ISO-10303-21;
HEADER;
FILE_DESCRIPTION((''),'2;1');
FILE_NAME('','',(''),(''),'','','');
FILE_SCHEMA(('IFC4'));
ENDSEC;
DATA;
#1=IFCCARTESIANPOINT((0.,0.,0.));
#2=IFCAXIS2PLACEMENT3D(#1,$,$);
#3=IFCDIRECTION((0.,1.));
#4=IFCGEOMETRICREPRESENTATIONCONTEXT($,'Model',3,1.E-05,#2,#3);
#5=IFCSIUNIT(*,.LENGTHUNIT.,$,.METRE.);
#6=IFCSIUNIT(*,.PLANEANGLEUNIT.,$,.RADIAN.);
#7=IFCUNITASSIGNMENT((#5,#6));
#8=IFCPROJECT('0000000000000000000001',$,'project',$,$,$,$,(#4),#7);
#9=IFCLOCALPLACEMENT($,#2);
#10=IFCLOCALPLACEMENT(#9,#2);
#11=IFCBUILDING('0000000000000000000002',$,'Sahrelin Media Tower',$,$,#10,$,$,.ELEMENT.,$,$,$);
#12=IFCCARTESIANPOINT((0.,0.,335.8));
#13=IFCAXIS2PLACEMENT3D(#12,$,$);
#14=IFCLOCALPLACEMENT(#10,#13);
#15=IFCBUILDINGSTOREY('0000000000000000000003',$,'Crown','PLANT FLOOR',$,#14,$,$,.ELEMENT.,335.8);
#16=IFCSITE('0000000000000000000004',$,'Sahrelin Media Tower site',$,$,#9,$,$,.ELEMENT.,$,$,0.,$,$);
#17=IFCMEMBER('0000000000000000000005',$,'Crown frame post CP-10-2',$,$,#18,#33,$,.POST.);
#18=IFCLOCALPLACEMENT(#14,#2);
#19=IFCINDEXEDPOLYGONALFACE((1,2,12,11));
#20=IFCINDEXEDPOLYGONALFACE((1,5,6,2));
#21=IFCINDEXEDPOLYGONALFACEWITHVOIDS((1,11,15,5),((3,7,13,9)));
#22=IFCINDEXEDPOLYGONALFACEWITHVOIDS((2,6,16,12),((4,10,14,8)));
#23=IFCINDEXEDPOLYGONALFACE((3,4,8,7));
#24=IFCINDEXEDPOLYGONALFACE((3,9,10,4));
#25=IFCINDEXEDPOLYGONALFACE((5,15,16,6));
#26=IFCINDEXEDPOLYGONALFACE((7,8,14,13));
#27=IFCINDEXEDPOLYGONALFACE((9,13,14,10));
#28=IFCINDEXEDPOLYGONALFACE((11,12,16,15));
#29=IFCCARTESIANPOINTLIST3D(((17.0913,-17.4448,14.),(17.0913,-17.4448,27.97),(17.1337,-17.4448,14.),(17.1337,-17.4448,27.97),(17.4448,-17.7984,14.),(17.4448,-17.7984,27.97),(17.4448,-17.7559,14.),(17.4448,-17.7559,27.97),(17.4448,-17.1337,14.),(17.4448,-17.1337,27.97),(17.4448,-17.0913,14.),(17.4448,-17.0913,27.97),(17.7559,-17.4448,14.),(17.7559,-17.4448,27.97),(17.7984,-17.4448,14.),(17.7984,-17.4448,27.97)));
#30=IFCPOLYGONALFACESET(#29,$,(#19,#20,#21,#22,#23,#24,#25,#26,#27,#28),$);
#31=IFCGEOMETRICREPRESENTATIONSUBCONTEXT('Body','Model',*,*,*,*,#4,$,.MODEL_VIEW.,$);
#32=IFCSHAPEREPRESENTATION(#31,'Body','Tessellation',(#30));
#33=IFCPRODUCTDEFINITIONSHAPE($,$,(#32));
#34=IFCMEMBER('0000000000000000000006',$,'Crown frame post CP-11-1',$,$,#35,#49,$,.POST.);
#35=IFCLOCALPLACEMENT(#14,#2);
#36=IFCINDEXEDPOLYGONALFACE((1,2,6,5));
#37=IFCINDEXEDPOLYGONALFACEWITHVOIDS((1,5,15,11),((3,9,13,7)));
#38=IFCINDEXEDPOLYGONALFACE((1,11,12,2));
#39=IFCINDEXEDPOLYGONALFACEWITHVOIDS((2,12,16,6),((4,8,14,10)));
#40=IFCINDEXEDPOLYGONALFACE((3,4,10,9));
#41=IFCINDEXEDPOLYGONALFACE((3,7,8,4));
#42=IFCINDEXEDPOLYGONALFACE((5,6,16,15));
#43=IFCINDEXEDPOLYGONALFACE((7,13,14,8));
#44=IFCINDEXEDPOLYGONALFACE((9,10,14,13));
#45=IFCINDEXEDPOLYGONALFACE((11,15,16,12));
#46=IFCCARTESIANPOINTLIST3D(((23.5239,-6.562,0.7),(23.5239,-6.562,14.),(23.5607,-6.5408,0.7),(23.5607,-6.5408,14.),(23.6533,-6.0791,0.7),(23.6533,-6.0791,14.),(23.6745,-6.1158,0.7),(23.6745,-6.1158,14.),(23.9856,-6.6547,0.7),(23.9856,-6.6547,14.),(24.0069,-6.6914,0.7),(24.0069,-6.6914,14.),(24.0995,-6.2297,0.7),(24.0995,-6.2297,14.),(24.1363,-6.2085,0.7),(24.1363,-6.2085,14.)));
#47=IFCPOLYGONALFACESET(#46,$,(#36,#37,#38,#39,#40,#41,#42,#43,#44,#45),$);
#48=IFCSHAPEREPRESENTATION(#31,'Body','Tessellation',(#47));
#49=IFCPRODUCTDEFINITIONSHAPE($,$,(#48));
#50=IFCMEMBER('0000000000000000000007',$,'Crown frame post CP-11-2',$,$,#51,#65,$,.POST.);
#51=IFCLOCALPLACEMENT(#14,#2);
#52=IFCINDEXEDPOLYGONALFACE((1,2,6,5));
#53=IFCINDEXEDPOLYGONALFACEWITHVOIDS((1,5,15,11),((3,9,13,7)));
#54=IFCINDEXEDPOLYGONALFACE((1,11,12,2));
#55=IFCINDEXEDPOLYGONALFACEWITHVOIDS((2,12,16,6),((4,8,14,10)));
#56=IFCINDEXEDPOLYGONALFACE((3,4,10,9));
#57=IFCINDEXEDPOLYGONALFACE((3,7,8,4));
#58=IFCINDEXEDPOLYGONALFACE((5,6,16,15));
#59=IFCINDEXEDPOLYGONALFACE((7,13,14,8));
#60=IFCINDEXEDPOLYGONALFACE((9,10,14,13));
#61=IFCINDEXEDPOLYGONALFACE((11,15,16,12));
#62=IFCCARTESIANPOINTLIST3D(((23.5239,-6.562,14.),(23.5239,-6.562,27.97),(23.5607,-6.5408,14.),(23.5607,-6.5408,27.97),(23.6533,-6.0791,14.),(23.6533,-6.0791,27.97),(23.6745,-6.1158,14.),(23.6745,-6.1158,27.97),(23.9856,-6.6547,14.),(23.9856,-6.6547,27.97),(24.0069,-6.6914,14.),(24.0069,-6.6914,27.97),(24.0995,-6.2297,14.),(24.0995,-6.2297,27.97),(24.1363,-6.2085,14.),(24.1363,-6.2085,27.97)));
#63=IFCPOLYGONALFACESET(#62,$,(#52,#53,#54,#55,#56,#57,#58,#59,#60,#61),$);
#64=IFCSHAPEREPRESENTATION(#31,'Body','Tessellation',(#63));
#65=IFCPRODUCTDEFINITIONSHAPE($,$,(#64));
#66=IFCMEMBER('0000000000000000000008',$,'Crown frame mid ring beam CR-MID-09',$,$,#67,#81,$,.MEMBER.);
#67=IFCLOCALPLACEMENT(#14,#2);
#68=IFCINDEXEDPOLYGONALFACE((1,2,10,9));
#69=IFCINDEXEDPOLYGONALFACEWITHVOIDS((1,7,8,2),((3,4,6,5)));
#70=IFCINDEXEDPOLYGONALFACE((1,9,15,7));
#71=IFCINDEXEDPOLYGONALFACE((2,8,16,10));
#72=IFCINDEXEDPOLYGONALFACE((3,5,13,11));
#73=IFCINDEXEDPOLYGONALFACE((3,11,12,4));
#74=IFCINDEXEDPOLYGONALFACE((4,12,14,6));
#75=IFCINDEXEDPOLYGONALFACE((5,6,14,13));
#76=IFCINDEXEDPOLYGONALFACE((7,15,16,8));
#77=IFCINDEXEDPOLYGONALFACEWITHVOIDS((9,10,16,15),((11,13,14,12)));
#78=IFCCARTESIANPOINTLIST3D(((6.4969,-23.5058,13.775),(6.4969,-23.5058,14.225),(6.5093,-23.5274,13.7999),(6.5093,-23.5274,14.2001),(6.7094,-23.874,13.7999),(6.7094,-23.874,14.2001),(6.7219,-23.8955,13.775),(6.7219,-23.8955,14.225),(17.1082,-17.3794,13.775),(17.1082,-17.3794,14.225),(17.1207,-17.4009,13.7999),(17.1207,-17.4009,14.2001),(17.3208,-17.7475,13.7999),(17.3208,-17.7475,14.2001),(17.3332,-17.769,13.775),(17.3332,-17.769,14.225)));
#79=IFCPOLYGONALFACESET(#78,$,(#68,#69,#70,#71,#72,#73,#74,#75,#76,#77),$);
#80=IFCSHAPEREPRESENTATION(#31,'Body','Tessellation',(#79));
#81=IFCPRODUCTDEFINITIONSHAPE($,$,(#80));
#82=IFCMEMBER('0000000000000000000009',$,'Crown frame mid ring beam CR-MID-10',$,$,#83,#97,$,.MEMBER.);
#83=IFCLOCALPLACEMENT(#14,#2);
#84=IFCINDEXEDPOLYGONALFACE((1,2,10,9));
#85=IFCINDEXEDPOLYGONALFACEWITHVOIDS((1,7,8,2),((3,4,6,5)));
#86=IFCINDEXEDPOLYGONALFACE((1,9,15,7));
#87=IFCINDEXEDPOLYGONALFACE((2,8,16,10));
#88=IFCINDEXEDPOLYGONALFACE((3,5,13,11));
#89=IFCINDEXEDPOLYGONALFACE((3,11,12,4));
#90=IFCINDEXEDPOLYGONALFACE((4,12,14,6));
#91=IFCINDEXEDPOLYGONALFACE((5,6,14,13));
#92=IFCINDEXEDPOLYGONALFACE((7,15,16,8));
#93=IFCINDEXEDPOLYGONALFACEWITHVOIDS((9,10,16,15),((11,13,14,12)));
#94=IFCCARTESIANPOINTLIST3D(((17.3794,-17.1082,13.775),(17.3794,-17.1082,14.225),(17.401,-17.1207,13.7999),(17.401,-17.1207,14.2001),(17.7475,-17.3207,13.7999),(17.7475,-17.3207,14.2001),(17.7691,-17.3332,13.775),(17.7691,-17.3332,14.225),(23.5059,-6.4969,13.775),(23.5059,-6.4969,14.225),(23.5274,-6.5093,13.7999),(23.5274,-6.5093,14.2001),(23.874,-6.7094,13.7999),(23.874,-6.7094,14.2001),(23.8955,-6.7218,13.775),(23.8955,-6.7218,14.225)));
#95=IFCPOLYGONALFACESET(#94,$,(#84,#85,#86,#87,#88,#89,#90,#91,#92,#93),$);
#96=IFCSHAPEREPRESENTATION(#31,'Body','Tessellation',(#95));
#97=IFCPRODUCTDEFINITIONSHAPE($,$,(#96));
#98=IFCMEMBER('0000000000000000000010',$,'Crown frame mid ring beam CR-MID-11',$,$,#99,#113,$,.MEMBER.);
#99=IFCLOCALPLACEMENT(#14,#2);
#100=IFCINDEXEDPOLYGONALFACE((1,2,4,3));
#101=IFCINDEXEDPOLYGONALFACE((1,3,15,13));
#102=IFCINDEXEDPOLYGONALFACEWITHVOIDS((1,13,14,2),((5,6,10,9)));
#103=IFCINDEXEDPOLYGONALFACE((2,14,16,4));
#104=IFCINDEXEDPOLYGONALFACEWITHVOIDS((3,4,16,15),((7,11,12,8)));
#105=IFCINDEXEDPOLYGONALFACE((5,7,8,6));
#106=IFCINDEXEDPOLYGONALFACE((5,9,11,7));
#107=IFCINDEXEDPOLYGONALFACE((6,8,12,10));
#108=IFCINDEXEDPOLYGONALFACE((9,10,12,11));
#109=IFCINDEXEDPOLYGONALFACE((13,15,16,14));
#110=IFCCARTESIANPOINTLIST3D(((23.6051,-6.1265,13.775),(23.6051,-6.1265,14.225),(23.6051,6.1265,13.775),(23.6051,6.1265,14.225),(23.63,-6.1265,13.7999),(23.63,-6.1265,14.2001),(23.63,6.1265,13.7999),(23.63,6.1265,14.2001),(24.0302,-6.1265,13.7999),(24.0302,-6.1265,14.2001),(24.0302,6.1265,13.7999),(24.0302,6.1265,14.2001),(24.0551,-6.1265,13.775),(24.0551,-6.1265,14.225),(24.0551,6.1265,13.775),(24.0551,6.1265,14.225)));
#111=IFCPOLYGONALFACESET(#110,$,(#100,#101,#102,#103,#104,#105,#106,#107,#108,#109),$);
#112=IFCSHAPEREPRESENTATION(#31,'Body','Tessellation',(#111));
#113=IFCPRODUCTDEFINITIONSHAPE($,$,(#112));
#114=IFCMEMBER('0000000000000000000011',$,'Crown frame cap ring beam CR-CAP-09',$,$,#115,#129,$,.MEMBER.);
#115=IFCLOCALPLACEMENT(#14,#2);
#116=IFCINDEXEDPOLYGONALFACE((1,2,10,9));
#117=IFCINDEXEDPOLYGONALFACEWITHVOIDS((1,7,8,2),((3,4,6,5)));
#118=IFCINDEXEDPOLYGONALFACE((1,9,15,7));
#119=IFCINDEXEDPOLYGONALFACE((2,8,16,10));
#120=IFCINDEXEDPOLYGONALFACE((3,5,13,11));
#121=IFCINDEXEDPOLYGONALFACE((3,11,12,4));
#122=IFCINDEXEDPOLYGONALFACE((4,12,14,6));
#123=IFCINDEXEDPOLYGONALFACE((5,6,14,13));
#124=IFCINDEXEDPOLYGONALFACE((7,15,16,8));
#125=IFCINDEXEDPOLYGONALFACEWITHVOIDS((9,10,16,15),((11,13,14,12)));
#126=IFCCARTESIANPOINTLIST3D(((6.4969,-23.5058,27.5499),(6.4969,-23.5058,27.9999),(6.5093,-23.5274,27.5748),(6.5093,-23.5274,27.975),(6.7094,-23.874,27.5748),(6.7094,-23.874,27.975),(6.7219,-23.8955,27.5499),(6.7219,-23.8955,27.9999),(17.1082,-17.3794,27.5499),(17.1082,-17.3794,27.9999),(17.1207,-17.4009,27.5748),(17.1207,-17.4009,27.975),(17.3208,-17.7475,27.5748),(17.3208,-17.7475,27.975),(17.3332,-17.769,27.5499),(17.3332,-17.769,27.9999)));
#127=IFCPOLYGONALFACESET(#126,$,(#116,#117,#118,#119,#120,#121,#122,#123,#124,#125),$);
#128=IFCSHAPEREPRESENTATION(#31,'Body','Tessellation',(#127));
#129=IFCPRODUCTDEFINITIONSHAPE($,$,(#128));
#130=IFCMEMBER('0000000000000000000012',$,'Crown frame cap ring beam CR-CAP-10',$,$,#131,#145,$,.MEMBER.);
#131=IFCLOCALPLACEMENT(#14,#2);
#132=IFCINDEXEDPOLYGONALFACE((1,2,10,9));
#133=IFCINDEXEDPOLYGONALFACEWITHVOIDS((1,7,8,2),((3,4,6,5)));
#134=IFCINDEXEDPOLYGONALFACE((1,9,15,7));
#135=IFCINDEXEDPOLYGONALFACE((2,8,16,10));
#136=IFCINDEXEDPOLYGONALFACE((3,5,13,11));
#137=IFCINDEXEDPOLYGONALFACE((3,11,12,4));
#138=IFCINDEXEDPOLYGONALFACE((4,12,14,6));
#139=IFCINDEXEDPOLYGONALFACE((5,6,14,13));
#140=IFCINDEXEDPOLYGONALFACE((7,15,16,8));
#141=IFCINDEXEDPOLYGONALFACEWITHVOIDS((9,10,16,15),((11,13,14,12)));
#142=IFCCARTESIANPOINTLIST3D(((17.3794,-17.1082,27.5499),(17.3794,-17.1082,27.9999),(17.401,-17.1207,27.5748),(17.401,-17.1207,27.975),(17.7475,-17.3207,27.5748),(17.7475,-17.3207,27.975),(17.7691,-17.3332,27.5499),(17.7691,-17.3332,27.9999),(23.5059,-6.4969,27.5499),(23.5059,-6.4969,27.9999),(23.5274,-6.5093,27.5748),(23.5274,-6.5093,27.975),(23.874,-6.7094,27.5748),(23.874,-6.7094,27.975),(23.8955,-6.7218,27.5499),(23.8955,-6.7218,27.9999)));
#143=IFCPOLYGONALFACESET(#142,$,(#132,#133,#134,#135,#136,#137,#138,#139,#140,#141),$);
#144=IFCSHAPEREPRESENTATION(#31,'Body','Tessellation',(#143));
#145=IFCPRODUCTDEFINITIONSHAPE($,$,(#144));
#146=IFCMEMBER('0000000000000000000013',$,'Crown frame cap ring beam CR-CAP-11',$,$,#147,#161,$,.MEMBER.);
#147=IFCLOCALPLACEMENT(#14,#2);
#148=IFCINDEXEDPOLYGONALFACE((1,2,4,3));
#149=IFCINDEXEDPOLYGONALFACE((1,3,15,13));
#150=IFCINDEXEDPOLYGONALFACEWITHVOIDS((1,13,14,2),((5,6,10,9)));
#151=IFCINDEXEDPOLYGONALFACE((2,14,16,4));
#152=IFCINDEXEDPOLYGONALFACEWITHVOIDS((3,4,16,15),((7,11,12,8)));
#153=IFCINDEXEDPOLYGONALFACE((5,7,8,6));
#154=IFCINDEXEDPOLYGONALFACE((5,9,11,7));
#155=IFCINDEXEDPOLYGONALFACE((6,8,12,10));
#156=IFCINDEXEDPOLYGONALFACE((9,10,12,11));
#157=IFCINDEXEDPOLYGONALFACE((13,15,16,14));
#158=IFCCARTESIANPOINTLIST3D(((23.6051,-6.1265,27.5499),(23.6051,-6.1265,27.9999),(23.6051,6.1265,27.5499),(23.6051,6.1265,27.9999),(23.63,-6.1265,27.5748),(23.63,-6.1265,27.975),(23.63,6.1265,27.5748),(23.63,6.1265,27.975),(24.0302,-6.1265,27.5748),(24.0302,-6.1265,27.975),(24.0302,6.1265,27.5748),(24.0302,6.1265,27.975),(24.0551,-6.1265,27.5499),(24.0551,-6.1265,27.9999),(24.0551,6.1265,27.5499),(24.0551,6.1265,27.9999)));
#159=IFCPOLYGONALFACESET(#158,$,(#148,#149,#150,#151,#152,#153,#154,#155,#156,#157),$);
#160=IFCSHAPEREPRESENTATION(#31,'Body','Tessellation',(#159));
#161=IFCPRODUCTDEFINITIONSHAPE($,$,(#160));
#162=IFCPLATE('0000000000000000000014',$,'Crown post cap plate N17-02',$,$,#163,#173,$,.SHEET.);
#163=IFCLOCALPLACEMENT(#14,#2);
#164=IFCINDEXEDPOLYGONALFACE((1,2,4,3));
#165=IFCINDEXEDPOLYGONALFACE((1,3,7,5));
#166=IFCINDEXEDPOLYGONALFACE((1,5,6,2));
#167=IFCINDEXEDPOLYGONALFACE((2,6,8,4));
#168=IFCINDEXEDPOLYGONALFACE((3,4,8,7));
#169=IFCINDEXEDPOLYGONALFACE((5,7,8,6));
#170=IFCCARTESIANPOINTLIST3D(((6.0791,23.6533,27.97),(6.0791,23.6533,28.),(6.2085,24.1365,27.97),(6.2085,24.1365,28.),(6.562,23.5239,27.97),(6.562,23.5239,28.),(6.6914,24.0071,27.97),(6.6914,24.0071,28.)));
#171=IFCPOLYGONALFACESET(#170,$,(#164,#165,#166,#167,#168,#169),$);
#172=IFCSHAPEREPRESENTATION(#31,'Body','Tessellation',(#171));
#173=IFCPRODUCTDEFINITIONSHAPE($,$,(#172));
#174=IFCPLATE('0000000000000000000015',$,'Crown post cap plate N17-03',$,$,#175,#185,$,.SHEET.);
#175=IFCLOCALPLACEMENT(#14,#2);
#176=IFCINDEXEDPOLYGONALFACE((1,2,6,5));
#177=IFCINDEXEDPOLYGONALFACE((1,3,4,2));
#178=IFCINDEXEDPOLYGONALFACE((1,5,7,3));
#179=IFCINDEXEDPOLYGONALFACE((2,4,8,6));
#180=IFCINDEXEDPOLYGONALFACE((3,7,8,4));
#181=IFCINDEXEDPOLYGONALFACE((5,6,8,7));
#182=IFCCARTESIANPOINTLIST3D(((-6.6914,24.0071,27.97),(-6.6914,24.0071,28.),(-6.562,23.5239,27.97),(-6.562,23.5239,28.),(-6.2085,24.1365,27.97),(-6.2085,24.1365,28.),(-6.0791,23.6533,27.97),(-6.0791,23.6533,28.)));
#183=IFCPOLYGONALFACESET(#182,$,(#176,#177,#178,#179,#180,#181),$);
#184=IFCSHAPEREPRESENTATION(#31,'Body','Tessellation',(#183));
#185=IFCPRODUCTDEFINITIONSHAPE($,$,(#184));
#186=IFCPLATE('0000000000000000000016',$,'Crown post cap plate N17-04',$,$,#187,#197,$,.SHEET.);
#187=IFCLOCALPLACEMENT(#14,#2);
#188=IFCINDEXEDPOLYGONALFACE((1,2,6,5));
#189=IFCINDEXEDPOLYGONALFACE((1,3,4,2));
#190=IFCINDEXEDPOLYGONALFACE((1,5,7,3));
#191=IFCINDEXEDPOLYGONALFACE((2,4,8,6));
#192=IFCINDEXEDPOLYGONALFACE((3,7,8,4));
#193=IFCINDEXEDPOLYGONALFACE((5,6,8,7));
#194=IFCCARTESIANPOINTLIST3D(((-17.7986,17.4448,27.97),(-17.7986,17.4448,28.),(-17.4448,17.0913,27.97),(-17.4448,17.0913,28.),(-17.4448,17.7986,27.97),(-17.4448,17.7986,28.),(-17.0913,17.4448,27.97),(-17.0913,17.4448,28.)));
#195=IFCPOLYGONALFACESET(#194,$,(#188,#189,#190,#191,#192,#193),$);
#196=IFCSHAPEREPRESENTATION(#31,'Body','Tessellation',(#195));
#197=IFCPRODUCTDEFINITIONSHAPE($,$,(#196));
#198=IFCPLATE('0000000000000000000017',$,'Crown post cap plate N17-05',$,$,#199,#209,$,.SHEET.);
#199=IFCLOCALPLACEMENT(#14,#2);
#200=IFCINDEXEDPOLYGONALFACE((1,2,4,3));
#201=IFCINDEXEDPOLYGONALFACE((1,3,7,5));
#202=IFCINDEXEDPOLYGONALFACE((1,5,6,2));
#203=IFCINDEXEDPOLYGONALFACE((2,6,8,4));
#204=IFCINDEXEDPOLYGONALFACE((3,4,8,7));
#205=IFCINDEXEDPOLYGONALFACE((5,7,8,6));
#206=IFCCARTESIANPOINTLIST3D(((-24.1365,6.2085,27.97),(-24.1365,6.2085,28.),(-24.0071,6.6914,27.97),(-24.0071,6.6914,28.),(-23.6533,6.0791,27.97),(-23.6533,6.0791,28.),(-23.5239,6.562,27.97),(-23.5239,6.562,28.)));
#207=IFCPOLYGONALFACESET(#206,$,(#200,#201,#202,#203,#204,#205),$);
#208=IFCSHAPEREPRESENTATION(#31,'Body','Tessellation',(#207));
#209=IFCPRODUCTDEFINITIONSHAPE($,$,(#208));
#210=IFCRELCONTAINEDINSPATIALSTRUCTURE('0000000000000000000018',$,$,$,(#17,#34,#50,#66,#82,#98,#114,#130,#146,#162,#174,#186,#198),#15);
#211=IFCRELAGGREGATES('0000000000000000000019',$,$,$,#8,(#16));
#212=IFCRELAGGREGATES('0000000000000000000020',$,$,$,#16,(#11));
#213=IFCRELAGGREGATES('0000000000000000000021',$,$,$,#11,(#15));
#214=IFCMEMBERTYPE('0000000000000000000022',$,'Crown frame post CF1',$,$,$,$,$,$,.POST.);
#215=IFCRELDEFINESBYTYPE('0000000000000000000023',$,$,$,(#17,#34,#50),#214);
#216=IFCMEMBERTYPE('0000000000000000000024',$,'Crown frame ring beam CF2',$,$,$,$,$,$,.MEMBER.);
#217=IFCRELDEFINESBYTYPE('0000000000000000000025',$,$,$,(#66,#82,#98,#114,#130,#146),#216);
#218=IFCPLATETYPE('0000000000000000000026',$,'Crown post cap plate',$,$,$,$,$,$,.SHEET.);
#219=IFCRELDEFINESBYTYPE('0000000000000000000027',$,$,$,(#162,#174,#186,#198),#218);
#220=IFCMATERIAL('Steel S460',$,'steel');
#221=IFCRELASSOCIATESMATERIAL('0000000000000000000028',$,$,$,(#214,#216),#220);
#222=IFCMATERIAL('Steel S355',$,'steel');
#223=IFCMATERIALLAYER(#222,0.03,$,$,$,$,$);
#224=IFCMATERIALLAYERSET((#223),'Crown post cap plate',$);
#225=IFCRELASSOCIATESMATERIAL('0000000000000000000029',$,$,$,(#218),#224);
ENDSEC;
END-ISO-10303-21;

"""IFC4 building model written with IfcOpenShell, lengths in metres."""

from ifc_helpers import new_model, si_unit, direction, frame, origin, origin_2d, place, context, subcontext, project, spatial, polyline, hollow_rectangle, outline, extrude, material, layer, layer_set, material_profile, profile_set, type_object, element, save


model = new_model("IFC4")

# Units and contexts
model_context = context("Model", 3, precision=1e-05, world=origin(), true_north=direction((0.0, 1.0)))
body_context = subcontext(model_context, "Body", "Model", "MODEL_VIEW")
ifc_project = project(units=[si_unit("LENGTHUNIT", "METRE"), si_unit("PLANEANGLEUNIT", "RADIAN")], contexts=[model_context])

# Site, building, storey
site_placement = place(None, origin())
site = spatial("IfcSite", under=ifc_project, at=site_placement, Name="Sahrelin Media Tower site", CompositionType="ELEMENT", RefElevation=0.0)
building_placement = place(site_placement, origin())
building = spatial("IfcBuilding", under=site, at=building_placement, Name="Sahrelin Media Tower", CompositionType="ELEMENT")
storey_placement = place(building_placement, frame((0.0, 0.0, 335.8)))
storey = spatial("IfcBuildingStorey", under=building, at=storey_placement, Name="Crown", Description="PLANT FLOOR", CompositionType="ELEMENT", Elevation=335.8)

# Members
ifc_material_1 = material(Name="Steel S460", Category="steel")
ifc_material_profile_1 = material_profile(ifc_material_1, hollow_rectangle(XDim=0.5, YDim=0.5, WallThickness=0.03, at=origin_2d()), Name="Crown frame post CF1")
ifc_profile_set_1 = profile_set([ifc_material_profile_1], Name="Steel S460")
member_type_1 = type_object("IfcMemberType", Name="Crown frame post CF1", PredefinedType="POST", material=ifc_profile_set_1)
member_1_placement = place(storey_placement, frame((17.4448, -17.4448, 14.0), z_axis=(0.0, 0.0, 1.0), x_axis=(0.707107, -0.707107, 0.0)))
element("IfcMember", 1, at=member_1_placement, inside=storey, type_object=member_type_1, Name="Crown frame post CP-10-2", PredefinedType="POST", context=body_context, shape_type="SweptSolid", body=[
    extrude(hollow_rectangle(XDim=0.5, YDim=0.5, WallThickness=0.03, at=origin_2d()), origin(), (0.0, 0.0, 1.0), 13.97),
])
member_2_placement = place(storey_placement, frame((23.8301, -6.3853, 0.7), z_axis=(0.0, 0.0, 1.0), x_axis=(0.965926, -0.258819, 0.0)))
element("IfcMember", 2, at=member_2_placement, inside=storey, type_object=member_type_1, Name="Crown frame post CP-11-1", PredefinedType="POST", context=body_context, shape_type="SweptSolid", body=[
    extrude(hollow_rectangle(XDim=0.5, YDim=0.5, WallThickness=0.03, at=origin_2d()), origin(), (0.0, 0.0, 1.0), 13.3),
])
member_3_placement = place(storey_placement, frame((23.8301, -6.3853, 14.0), z_axis=(0.0, 0.0, 1.0), x_axis=(0.965926, -0.258819, 0.0)))
element("IfcMember", 3, at=member_3_placement, inside=storey, type_object=member_type_1, Name="Crown frame post CP-11-2", PredefinedType="POST", context=body_context, shape_type="SweptSolid", body=[
    extrude(hollow_rectangle(XDim=0.5, YDim=0.5, WallThickness=0.03, at=origin_2d()), origin(), (0.0, 0.0, 1.0), 13.97),
])
ifc_material_profile_2 = material_profile(ifc_material_1, hollow_rectangle(XDim=0.45, YDim=0.45, WallThickness=0.0249, at=origin_2d()), Name="Crown frame ring beam CF2")
ifc_profile_set_2 = profile_set([ifc_material_profile_2], Name="Steel S460")
member_type_2 = type_object("IfcMemberType", Name="Crown frame ring beam CF2", PredefinedType="MEMBER", material=ifc_profile_set_2)
for number, where, z_axis, x_axis, name in (
    (4, (6.6094, -23.7007, 14.0), (0.866025, 0.500001, 0.0), (-0.500001, 0.866025, 0.0), "Crown frame mid ring beam CR-MID-09"),
    (5, (17.5742, -17.2207, 14.0), (0.500001, 0.866025, 0.0), (-0.866025, 0.500001, 0.0), "Crown frame mid ring beam CR-MID-10"),
    (6, (23.8301, -6.1265, 14.0), (0.0, 1.0, 0.0), (-1.0, 0.0, 0.0), "Crown frame mid ring beam CR-MID-11"),
    (7, (6.6094, -23.7007, 27.7749), (0.866025, 0.500001, 0.0), (-0.500001, 0.866025, 0.0), "Crown frame cap ring beam CR-CAP-09"),
    (8, (17.5742, -17.2207, 27.7749), (0.500001, 0.866025, 0.0), (-0.866025, 0.500001, 0.0), "Crown frame cap ring beam CR-CAP-10"),
    (9, (23.8301, -6.1265, 27.7749), (0.0, 1.0, 0.0), (-1.0, 0.0, 0.0), "Crown frame cap ring beam CR-CAP-11"),
):
    element("IfcMember", number, at=place(storey_placement, frame(where, z_axis=z_axis, x_axis=x_axis)), inside=storey, type_object=member_type_2, Name=name, PredefinedType="MEMBER", context=body_context, shape_type="SweptSolid", body=[
        extrude(hollow_rectangle(XDim=0.45, YDim=0.45, WallThickness=0.0249, at=origin_2d()), origin(), (0.0, 0.0, 1.0), 12.2529),
    ])

# Plates
ifc_material_2 = material(Name="Steel S355", Category="steel")
ifc_layer = layer(ifc_material_2, 0.03)
ifc_layer_set = layer_set([ifc_layer], Name="Crown post cap plate")
plate_type = type_object("IfcPlateType", Name="Crown post cap plate", PredefinedType="SHEET", material=ifc_layer_set)
placement = place(storey_placement, frame((0.0, 0.0, 27.97)))
element("IfcPlate", 10, at=placement, inside=storey, type_object=plate_type, Name="Crown post cap plate N17-02", PredefinedType="SHEET", context=body_context, shape_type="SweptSolid", body=[
    extrude(outline(polyline([(6.562, 23.5239), (6.6914, 24.0071), (6.2085, 24.1365), (6.0791, 23.6533), (6.562, 23.5239)])), origin(), (0.0, 0.0, 1.0), 0.03),
])
element("IfcPlate", 11, at=placement, inside=storey, type_object=plate_type, Name="Crown post cap plate N17-03", PredefinedType="SHEET", context=body_context, shape_type="SweptSolid", body=[
    extrude(outline(polyline([(-6.0791, 23.6533), (-6.2085, 24.1365), (-6.6914, 24.0071), (-6.562, 23.5239), (-6.0791, 23.6533)])), origin(), (0.0, 0.0, 1.0), 0.03),
])
element("IfcPlate", 12, at=placement, inside=storey, type_object=plate_type, Name="Crown post cap plate N17-04", PredefinedType="SHEET", context=body_context, shape_type="SweptSolid", body=[
    extrude(outline(polyline([(-17.0913, 17.4448), (-17.4448, 17.7986), (-17.7986, 17.4448), (-17.4448, 17.0913), (-17.0913, 17.4448)])), origin(), (0.0, 0.0, 1.0), 0.03),
])
element("IfcPlate", 13, at=placement, inside=storey, type_object=plate_type, Name="Crown post cap plate N17-05", PredefinedType="SHEET", context=body_context, shape_type="SweptSolid", body=[
    extrude(outline(polyline([(-23.5239, 6.562), (-24.0071, 6.6914), (-24.1365, 6.2085), (-23.6533, 6.0791), (-23.5239, 6.562)])), origin(), (0.0, 0.0, 1.0), 0.03),
])

save(model, "model.ifc")
